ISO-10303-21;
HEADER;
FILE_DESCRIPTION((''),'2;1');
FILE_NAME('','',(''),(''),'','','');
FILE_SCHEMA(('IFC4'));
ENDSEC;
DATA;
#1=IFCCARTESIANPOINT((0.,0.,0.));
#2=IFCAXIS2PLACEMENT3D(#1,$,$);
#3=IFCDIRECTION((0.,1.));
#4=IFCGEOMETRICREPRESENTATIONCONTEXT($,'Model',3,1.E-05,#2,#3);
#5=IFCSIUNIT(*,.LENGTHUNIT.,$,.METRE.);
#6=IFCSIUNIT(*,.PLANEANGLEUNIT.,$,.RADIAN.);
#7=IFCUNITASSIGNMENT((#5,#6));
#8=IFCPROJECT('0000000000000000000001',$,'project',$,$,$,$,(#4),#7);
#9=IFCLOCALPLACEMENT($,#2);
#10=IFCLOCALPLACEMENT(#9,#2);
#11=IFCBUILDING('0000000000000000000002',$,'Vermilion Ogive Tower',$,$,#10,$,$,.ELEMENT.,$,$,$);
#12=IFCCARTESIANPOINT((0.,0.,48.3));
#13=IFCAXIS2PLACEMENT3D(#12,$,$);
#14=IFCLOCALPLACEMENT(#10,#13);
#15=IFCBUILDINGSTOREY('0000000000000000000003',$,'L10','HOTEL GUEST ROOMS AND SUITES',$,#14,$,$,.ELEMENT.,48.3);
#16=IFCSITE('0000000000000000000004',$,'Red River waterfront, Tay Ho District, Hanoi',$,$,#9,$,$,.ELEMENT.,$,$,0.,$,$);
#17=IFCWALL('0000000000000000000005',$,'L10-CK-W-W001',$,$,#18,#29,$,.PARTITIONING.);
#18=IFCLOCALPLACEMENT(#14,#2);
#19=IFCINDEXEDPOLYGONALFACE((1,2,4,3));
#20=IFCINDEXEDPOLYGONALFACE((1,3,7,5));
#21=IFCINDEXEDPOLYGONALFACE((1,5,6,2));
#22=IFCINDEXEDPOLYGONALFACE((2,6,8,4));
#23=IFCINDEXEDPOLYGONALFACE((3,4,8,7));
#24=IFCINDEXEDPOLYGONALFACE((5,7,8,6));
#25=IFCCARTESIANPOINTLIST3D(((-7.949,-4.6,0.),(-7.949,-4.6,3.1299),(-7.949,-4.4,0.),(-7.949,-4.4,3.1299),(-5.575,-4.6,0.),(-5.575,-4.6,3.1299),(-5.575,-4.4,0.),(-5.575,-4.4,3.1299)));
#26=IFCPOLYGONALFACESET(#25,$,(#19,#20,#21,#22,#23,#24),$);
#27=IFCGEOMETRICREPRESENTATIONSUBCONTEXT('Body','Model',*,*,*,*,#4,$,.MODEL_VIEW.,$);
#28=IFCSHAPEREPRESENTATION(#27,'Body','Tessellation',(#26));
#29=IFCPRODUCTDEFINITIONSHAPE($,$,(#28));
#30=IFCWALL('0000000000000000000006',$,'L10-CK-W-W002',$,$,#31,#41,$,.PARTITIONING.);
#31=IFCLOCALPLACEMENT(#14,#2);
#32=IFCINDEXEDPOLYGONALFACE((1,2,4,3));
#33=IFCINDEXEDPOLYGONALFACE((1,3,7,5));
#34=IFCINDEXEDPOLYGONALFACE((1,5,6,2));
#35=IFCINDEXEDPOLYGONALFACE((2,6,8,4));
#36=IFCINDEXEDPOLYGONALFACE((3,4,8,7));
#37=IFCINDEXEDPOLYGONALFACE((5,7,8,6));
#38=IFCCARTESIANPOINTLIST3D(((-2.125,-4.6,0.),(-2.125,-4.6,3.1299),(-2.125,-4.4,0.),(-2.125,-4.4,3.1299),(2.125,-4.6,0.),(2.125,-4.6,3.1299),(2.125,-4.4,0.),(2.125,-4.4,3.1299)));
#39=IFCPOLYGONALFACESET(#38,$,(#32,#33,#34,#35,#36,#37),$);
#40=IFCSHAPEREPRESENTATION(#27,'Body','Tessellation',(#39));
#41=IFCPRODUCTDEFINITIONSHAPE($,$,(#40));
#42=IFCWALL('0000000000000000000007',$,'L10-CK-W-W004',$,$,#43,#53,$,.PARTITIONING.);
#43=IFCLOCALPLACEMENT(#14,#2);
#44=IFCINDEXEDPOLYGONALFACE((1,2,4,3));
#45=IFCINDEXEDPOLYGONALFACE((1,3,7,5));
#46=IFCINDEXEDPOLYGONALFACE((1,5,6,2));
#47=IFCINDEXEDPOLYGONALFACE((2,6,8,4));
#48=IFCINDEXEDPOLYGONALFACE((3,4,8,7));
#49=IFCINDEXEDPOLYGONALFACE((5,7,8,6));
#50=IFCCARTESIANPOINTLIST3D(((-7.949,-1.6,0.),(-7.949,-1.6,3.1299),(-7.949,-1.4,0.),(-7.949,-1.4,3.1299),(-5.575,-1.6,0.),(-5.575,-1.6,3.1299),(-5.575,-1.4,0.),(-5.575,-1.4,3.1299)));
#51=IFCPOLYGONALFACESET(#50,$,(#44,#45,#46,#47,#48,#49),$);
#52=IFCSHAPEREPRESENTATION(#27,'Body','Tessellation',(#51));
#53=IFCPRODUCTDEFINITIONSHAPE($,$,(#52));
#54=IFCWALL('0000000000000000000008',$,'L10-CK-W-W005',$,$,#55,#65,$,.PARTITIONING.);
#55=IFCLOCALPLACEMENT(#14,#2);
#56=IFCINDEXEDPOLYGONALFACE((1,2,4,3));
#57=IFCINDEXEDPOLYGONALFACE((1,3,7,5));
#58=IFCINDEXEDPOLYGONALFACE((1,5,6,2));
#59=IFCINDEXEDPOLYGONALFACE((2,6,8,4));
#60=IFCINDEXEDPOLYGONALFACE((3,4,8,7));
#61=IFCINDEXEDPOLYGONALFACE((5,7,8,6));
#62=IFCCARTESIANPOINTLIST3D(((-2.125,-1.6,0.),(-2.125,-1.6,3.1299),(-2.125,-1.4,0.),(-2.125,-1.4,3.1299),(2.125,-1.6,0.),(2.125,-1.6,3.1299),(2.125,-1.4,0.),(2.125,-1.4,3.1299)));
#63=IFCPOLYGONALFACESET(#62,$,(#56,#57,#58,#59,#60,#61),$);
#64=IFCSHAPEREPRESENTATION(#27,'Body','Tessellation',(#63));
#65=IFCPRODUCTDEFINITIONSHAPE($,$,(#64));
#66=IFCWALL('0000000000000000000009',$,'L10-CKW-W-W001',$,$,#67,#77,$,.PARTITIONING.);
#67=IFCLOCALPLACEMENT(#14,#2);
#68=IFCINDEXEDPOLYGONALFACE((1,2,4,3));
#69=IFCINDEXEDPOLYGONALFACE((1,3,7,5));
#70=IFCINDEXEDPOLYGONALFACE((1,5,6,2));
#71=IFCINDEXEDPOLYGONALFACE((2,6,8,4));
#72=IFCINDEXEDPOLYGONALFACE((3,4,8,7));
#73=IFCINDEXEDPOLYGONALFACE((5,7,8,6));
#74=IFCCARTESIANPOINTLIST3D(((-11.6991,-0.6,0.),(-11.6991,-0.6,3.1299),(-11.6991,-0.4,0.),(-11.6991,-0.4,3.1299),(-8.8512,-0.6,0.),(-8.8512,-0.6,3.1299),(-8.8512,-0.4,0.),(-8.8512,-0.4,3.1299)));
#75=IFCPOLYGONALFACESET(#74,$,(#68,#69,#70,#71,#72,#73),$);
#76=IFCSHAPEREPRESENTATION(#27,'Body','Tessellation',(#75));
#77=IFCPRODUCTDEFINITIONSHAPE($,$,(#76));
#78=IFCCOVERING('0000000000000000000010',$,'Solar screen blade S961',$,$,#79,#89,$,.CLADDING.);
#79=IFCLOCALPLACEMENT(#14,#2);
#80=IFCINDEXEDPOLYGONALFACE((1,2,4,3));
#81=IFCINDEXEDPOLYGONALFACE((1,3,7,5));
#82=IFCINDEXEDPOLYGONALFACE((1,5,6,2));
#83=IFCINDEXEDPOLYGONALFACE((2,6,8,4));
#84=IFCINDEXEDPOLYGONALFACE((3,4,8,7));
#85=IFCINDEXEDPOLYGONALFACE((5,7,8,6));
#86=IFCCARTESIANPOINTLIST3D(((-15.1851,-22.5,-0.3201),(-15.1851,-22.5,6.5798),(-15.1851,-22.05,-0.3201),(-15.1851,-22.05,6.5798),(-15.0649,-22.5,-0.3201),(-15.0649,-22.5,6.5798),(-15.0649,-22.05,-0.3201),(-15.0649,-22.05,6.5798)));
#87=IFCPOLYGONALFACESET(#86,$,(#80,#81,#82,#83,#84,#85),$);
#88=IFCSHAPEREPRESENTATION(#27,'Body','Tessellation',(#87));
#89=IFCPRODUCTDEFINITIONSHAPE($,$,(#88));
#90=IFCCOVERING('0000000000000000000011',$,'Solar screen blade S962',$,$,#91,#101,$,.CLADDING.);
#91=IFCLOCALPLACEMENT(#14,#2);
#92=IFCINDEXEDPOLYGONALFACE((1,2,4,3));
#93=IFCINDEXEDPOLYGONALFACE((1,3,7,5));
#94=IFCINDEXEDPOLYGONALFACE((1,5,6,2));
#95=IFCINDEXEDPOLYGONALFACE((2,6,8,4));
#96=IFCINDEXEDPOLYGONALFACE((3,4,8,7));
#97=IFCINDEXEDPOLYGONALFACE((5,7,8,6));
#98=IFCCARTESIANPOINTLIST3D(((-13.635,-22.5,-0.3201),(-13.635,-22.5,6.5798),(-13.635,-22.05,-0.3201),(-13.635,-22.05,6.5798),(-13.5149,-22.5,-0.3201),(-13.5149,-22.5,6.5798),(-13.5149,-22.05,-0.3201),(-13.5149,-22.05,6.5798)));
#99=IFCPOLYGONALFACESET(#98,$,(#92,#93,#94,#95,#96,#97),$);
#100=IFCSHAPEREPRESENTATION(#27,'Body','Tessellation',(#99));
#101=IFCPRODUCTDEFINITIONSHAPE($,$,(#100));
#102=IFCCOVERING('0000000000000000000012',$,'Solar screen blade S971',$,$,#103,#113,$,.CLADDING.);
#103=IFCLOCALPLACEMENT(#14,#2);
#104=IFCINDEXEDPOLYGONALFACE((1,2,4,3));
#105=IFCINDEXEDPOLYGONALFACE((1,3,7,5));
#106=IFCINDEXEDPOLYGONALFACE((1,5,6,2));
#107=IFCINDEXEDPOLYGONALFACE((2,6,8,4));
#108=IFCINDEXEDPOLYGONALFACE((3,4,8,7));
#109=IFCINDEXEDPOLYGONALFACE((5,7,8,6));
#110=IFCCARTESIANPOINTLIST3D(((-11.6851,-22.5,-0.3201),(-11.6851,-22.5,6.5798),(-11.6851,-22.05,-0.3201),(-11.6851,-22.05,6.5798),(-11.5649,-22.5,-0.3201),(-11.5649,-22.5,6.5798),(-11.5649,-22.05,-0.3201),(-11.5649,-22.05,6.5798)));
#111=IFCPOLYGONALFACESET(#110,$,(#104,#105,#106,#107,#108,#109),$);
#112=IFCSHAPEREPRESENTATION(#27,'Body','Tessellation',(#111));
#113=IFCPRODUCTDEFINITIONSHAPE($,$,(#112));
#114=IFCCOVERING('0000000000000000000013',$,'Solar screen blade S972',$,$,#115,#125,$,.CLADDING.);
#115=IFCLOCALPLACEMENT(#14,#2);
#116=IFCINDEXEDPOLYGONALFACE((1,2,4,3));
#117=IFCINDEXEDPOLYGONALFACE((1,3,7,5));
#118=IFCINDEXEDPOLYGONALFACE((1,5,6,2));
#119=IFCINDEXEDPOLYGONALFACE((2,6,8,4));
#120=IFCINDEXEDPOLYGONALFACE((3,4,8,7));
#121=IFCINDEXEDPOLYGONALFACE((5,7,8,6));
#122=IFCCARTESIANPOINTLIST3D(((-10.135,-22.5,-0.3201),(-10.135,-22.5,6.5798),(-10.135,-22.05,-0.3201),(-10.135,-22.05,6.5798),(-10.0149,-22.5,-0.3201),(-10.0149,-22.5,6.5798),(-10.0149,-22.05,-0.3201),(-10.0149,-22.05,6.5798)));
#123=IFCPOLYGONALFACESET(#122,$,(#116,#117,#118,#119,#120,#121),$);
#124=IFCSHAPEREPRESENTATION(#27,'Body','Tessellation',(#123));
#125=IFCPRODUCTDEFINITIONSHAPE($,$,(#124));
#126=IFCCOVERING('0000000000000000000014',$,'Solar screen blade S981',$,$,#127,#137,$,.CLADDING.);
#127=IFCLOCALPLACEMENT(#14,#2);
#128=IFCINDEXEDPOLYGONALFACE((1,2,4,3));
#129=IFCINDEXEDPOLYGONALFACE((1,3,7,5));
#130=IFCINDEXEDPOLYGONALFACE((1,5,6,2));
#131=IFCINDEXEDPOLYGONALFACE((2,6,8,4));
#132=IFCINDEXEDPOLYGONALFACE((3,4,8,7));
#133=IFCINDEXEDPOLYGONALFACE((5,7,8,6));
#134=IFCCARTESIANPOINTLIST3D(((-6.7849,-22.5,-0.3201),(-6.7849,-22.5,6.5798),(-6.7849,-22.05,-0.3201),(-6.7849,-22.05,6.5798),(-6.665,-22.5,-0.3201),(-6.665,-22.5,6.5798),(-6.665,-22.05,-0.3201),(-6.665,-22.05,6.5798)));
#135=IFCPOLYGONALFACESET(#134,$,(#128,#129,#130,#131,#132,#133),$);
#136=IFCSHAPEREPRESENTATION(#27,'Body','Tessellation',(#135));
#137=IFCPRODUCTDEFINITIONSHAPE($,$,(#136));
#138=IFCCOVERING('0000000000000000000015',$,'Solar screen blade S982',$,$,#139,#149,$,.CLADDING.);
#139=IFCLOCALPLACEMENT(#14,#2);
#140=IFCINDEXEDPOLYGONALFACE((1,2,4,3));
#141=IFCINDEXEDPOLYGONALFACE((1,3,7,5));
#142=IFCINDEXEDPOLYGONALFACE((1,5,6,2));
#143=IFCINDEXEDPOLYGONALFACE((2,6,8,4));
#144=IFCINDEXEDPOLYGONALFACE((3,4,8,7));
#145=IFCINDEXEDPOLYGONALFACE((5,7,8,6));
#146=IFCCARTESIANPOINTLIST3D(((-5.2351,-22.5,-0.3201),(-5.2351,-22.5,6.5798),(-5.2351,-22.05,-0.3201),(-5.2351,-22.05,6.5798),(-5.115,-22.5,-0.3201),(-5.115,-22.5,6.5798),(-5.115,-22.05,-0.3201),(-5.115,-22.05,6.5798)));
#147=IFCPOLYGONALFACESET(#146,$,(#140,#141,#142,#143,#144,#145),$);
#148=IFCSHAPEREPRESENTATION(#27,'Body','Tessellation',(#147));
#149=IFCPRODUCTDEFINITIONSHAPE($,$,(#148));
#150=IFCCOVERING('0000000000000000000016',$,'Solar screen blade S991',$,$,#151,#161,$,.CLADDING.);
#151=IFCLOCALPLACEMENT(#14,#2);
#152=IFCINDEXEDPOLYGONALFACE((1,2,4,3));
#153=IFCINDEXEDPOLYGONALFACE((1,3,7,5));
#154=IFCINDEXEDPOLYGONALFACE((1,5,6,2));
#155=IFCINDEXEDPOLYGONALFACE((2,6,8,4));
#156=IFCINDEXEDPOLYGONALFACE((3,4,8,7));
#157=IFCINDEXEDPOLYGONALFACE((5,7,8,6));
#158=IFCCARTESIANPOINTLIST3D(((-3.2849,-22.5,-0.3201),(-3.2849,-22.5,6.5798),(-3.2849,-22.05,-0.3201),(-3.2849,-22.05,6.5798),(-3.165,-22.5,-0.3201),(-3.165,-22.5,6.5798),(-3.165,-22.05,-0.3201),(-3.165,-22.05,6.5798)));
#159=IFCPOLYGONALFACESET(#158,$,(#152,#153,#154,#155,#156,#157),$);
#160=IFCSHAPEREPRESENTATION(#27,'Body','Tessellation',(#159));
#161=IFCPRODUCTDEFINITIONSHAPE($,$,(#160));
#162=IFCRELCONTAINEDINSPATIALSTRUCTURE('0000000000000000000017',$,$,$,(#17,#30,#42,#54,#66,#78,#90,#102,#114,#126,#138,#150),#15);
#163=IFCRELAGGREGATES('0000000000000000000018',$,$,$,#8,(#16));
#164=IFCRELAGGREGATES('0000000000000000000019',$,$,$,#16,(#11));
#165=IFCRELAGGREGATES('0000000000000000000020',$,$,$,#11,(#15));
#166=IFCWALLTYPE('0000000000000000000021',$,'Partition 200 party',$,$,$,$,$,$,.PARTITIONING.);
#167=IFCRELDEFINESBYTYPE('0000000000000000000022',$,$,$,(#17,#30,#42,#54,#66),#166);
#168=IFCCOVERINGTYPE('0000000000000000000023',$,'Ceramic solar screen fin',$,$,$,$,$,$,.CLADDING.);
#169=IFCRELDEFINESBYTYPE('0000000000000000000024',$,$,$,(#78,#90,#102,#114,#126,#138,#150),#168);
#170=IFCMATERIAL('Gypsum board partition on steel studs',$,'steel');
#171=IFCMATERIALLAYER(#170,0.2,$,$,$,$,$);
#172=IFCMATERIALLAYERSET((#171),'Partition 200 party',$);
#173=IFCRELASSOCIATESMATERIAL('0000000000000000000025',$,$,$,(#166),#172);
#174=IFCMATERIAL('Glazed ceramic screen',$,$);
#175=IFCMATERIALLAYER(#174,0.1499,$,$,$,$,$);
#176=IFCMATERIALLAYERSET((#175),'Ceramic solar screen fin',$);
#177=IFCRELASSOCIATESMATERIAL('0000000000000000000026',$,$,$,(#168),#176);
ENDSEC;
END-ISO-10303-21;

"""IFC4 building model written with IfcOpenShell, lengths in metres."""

from ifc_helpers import new_model, si_unit, direction, frame, frame_2d, origin, place, context, subcontext, project, spatial, polyline, rectangle, outline, extrude, material, layer, layer_set, type_object, element, save


model = new_model("IFC4")

# Units and contexts
model_context = context("Model", 3, precision=1e-05, world=origin(), true_north=direction((0.0, 1.0)))
body_context = subcontext(model_context, "Body", "Model", "MODEL_VIEW")
ifc_project = project(units=[si_unit("LENGTHUNIT", "METRE"), si_unit("PLANEANGLEUNIT", "RADIAN")], contexts=[model_context])

# Site, building, storey
site_placement = place(None, origin())
site = spatial("IfcSite", under=ifc_project, at=site_placement, Name="Red River waterfront, Tay Ho District, Hanoi", CompositionType="ELEMENT", RefElevation=0.0)
building_placement = place(site_placement, origin())
building = spatial("IfcBuilding", under=site, at=building_placement, Name="Vermilion Ogive Tower", CompositionType="ELEMENT")
storey_placement = place(building_placement, frame((0.0, 0.0, 48.3)))
storey = spatial("IfcBuildingStorey", under=building, at=storey_placement, Name="L10", Description="HOTEL GUEST ROOMS AND SUITES", CompositionType="ELEMENT", Elevation=48.3)

# Walls
ifc_material_1 = material(Name="Gypsum board partition on steel studs", Category="steel")
ifc_layer_1 = layer(ifc_material_1, 0.2)
ifc_layer_set_1 = layer_set([ifc_layer_1], Name="Partition 200 party")
wall_type = type_object("IfcWallType", Name="Partition 200 party", PredefinedType="PARTITIONING", material=ifc_layer_set_1)
wall_1_placement = place(storey_placement, frame((-7.949, -4.5, 0.0), z_axis=(0.0, 0.0, 1.0), x_axis=(1.0, 0.0, 0.0)))
element("IfcWall", 1, at=wall_1_placement, inside=storey, type_object=wall_type, Name="L10-CK-W-W001", PredefinedType="PARTITIONING", context=body_context, shape_type="SweptSolid", body=[
    extrude(rectangle(XDim=2.374, YDim=0.2, at=frame_2d((1.187, 0.0))), origin(), (0.0, 0.0, 1.0), 3.1299),
])
wall_2_placement = place(storey_placement, frame((-2.125, -4.5, 0.0), z_axis=(0.0, 0.0, 1.0), x_axis=(1.0, 0.0, 0.0)))
element("IfcWall", 2, at=wall_2_placement, inside=storey, type_object=wall_type, Name="L10-CK-W-W002", PredefinedType="PARTITIONING", context=body_context, shape_type="SweptSolid", body=[
    extrude(rectangle(XDim=4.25, YDim=0.2, at=frame_2d((2.125, 0.0))), origin(), (0.0, 0.0, 1.0), 3.1299),
])
wall_3_placement = place(storey_placement, frame((-7.949, -1.5, 0.0), z_axis=(0.0, 0.0, 1.0), x_axis=(1.0, 0.0, 0.0)))
element("IfcWall", 3, at=wall_3_placement, inside=storey, type_object=wall_type, Name="L10-CK-W-W004", PredefinedType="PARTITIONING", context=body_context, shape_type="SweptSolid", body=[
    extrude(rectangle(XDim=2.374, YDim=0.2, at=frame_2d((1.187, 0.0))), origin(), (0.0, 0.0, 1.0), 3.1299),
])
wall_4_placement = place(storey_placement, frame((-2.125, -1.5, 0.0), z_axis=(0.0, 0.0, 1.0), x_axis=(1.0, 0.0, 0.0)))
element("IfcWall", 4, at=wall_4_placement, inside=storey, type_object=wall_type, Name="L10-CK-W-W005", PredefinedType="PARTITIONING", context=body_context, shape_type="SweptSolid", body=[
    extrude(rectangle(XDim=4.25, YDim=0.2, at=frame_2d((2.125, 0.0))), origin(), (0.0, 0.0, 1.0), 3.1299),
])
wall_5_placement = place(storey_placement, frame((-11.699, -0.5, 0.0), z_axis=(0.0, 0.0, 1.0), x_axis=(1.0, 0.0, 0.0)))
element("IfcWall", 5, at=wall_5_placement, inside=storey, type_object=wall_type, Name="L10-CKW-W-W001", PredefinedType="PARTITIONING", context=body_context, shape_type="SweptSolid", body=[
    extrude(rectangle(XDim=2.8479, YDim=0.2, at=frame_2d((1.4238, 0.0))), origin(), (0.0, 0.0, 1.0), 3.1299),
])

# Coverings
ifc_material_2 = material(Name="Glazed ceramic screen")
ifc_layer_2 = layer(ifc_material_2, 0.1499)
ifc_layer_set_2 = layer_set([ifc_layer_2], Name="Ceramic solar screen fin")
covering_type = type_object("IfcCoveringType", Name="Ceramic solar screen fin", PredefinedType="CLADDING", material=ifc_layer_set_2)
covering_1_placement = place(storey_placement, frame((0.0, 0.0, -0.3201)))
element("IfcCovering", 6, at=covering_1_placement, inside=storey, type_object=covering_type, Name="Solar screen blade S961", PredefinedType="CLADDING", context=body_context, shape_type="SweptSolid", body=[
    extrude(outline(polyline([(-15.1851, -22.5), (-15.0649, -22.5), (-15.0649, -22.05), (-15.1851, -22.05), (-15.1851, -22.5)])), origin(), (0.0, 0.0, 1.0), 6.8999),
])
covering_2_placement = place(storey_placement, frame((0.0, 0.0, -0.3201)))
element("IfcCovering", 7, at=covering_2_placement, inside=storey, type_object=covering_type, Name="Solar screen blade S962", PredefinedType="CLADDING", context=body_context, shape_type="SweptSolid", body=[
    extrude(outline(polyline([(-13.635, -22.5), (-13.5149, -22.5), (-13.5149, -22.05), (-13.635, -22.05), (-13.635, -22.5)])), origin(), (0.0, 0.0, 1.0), 6.8999),
])
covering_3_placement = place(storey_placement, frame((0.0, 0.0, -0.3201)))
element("IfcCovering", 8, at=covering_3_placement, inside=storey, type_object=covering_type, Name="Solar screen blade S971", PredefinedType="CLADDING", context=body_context, shape_type="SweptSolid", body=[
    extrude(outline(polyline([(-11.6851, -22.5), (-11.5649, -22.5), (-11.5649, -22.05), (-11.6851, -22.05), (-11.6851, -22.5)])), origin(), (0.0, 0.0, 1.0), 6.8999),
])
covering_4_placement = place(storey_placement, frame((0.0, 0.0, -0.3201)))
element("IfcCovering", 9, at=covering_4_placement, inside=storey, type_object=covering_type, Name="Solar screen blade S972", PredefinedType="CLADDING", context=body_context, shape_type="SweptSolid", body=[
    extrude(outline(polyline([(-10.135, -22.5), (-10.0149, -22.5), (-10.0149, -22.05), (-10.135, -22.05), (-10.135, -22.5)])), origin(), (0.0, 0.0, 1.0), 6.8999),
])
covering_5_placement = place(storey_placement, frame((0.0, 0.0, -0.3201)))
element("IfcCovering", 10, at=covering_5_placement, inside=storey, type_object=covering_type, Name="Solar screen blade S981", PredefinedType="CLADDING", context=body_context, shape_type="SweptSolid", body=[
    extrude(outline(polyline([(-6.7849, -22.5), (-6.665, -22.5), (-6.665, -22.05), (-6.7849, -22.05), (-6.7849, -22.5)])), origin(), (0.0, 0.0, 1.0), 6.8999),
])
covering_6_placement = place(storey_placement, frame((0.0, 0.0, -0.3201)))
element("IfcCovering", 11, at=covering_6_placement, inside=storey, type_object=covering_type, Name="Solar screen blade S982", PredefinedType="CLADDING", context=body_context, shape_type="SweptSolid", body=[
    extrude(outline(polyline([(-5.2351, -22.5), (-5.115, -22.5), (-5.115, -22.05), (-5.2351, -22.05), (-5.2351, -22.5)])), origin(), (0.0, 0.0, 1.0), 6.8999),
])
covering_7_placement = place(storey_placement, frame((0.0, 0.0, -0.3201)))
element("IfcCovering", 12, at=covering_7_placement, inside=storey, type_object=covering_type, Name="Solar screen blade S991", PredefinedType="CLADDING", context=body_context, shape_type="SweptSolid", body=[
    extrude(outline(polyline([(-3.2849, -22.5), (-3.165, -22.5), (-3.165, -22.05), (-3.2849, -22.05), (-3.2849, -22.5)])), origin(), (0.0, 0.0, 1.0), 6.8999),
])

save(model, "model.ifc")
